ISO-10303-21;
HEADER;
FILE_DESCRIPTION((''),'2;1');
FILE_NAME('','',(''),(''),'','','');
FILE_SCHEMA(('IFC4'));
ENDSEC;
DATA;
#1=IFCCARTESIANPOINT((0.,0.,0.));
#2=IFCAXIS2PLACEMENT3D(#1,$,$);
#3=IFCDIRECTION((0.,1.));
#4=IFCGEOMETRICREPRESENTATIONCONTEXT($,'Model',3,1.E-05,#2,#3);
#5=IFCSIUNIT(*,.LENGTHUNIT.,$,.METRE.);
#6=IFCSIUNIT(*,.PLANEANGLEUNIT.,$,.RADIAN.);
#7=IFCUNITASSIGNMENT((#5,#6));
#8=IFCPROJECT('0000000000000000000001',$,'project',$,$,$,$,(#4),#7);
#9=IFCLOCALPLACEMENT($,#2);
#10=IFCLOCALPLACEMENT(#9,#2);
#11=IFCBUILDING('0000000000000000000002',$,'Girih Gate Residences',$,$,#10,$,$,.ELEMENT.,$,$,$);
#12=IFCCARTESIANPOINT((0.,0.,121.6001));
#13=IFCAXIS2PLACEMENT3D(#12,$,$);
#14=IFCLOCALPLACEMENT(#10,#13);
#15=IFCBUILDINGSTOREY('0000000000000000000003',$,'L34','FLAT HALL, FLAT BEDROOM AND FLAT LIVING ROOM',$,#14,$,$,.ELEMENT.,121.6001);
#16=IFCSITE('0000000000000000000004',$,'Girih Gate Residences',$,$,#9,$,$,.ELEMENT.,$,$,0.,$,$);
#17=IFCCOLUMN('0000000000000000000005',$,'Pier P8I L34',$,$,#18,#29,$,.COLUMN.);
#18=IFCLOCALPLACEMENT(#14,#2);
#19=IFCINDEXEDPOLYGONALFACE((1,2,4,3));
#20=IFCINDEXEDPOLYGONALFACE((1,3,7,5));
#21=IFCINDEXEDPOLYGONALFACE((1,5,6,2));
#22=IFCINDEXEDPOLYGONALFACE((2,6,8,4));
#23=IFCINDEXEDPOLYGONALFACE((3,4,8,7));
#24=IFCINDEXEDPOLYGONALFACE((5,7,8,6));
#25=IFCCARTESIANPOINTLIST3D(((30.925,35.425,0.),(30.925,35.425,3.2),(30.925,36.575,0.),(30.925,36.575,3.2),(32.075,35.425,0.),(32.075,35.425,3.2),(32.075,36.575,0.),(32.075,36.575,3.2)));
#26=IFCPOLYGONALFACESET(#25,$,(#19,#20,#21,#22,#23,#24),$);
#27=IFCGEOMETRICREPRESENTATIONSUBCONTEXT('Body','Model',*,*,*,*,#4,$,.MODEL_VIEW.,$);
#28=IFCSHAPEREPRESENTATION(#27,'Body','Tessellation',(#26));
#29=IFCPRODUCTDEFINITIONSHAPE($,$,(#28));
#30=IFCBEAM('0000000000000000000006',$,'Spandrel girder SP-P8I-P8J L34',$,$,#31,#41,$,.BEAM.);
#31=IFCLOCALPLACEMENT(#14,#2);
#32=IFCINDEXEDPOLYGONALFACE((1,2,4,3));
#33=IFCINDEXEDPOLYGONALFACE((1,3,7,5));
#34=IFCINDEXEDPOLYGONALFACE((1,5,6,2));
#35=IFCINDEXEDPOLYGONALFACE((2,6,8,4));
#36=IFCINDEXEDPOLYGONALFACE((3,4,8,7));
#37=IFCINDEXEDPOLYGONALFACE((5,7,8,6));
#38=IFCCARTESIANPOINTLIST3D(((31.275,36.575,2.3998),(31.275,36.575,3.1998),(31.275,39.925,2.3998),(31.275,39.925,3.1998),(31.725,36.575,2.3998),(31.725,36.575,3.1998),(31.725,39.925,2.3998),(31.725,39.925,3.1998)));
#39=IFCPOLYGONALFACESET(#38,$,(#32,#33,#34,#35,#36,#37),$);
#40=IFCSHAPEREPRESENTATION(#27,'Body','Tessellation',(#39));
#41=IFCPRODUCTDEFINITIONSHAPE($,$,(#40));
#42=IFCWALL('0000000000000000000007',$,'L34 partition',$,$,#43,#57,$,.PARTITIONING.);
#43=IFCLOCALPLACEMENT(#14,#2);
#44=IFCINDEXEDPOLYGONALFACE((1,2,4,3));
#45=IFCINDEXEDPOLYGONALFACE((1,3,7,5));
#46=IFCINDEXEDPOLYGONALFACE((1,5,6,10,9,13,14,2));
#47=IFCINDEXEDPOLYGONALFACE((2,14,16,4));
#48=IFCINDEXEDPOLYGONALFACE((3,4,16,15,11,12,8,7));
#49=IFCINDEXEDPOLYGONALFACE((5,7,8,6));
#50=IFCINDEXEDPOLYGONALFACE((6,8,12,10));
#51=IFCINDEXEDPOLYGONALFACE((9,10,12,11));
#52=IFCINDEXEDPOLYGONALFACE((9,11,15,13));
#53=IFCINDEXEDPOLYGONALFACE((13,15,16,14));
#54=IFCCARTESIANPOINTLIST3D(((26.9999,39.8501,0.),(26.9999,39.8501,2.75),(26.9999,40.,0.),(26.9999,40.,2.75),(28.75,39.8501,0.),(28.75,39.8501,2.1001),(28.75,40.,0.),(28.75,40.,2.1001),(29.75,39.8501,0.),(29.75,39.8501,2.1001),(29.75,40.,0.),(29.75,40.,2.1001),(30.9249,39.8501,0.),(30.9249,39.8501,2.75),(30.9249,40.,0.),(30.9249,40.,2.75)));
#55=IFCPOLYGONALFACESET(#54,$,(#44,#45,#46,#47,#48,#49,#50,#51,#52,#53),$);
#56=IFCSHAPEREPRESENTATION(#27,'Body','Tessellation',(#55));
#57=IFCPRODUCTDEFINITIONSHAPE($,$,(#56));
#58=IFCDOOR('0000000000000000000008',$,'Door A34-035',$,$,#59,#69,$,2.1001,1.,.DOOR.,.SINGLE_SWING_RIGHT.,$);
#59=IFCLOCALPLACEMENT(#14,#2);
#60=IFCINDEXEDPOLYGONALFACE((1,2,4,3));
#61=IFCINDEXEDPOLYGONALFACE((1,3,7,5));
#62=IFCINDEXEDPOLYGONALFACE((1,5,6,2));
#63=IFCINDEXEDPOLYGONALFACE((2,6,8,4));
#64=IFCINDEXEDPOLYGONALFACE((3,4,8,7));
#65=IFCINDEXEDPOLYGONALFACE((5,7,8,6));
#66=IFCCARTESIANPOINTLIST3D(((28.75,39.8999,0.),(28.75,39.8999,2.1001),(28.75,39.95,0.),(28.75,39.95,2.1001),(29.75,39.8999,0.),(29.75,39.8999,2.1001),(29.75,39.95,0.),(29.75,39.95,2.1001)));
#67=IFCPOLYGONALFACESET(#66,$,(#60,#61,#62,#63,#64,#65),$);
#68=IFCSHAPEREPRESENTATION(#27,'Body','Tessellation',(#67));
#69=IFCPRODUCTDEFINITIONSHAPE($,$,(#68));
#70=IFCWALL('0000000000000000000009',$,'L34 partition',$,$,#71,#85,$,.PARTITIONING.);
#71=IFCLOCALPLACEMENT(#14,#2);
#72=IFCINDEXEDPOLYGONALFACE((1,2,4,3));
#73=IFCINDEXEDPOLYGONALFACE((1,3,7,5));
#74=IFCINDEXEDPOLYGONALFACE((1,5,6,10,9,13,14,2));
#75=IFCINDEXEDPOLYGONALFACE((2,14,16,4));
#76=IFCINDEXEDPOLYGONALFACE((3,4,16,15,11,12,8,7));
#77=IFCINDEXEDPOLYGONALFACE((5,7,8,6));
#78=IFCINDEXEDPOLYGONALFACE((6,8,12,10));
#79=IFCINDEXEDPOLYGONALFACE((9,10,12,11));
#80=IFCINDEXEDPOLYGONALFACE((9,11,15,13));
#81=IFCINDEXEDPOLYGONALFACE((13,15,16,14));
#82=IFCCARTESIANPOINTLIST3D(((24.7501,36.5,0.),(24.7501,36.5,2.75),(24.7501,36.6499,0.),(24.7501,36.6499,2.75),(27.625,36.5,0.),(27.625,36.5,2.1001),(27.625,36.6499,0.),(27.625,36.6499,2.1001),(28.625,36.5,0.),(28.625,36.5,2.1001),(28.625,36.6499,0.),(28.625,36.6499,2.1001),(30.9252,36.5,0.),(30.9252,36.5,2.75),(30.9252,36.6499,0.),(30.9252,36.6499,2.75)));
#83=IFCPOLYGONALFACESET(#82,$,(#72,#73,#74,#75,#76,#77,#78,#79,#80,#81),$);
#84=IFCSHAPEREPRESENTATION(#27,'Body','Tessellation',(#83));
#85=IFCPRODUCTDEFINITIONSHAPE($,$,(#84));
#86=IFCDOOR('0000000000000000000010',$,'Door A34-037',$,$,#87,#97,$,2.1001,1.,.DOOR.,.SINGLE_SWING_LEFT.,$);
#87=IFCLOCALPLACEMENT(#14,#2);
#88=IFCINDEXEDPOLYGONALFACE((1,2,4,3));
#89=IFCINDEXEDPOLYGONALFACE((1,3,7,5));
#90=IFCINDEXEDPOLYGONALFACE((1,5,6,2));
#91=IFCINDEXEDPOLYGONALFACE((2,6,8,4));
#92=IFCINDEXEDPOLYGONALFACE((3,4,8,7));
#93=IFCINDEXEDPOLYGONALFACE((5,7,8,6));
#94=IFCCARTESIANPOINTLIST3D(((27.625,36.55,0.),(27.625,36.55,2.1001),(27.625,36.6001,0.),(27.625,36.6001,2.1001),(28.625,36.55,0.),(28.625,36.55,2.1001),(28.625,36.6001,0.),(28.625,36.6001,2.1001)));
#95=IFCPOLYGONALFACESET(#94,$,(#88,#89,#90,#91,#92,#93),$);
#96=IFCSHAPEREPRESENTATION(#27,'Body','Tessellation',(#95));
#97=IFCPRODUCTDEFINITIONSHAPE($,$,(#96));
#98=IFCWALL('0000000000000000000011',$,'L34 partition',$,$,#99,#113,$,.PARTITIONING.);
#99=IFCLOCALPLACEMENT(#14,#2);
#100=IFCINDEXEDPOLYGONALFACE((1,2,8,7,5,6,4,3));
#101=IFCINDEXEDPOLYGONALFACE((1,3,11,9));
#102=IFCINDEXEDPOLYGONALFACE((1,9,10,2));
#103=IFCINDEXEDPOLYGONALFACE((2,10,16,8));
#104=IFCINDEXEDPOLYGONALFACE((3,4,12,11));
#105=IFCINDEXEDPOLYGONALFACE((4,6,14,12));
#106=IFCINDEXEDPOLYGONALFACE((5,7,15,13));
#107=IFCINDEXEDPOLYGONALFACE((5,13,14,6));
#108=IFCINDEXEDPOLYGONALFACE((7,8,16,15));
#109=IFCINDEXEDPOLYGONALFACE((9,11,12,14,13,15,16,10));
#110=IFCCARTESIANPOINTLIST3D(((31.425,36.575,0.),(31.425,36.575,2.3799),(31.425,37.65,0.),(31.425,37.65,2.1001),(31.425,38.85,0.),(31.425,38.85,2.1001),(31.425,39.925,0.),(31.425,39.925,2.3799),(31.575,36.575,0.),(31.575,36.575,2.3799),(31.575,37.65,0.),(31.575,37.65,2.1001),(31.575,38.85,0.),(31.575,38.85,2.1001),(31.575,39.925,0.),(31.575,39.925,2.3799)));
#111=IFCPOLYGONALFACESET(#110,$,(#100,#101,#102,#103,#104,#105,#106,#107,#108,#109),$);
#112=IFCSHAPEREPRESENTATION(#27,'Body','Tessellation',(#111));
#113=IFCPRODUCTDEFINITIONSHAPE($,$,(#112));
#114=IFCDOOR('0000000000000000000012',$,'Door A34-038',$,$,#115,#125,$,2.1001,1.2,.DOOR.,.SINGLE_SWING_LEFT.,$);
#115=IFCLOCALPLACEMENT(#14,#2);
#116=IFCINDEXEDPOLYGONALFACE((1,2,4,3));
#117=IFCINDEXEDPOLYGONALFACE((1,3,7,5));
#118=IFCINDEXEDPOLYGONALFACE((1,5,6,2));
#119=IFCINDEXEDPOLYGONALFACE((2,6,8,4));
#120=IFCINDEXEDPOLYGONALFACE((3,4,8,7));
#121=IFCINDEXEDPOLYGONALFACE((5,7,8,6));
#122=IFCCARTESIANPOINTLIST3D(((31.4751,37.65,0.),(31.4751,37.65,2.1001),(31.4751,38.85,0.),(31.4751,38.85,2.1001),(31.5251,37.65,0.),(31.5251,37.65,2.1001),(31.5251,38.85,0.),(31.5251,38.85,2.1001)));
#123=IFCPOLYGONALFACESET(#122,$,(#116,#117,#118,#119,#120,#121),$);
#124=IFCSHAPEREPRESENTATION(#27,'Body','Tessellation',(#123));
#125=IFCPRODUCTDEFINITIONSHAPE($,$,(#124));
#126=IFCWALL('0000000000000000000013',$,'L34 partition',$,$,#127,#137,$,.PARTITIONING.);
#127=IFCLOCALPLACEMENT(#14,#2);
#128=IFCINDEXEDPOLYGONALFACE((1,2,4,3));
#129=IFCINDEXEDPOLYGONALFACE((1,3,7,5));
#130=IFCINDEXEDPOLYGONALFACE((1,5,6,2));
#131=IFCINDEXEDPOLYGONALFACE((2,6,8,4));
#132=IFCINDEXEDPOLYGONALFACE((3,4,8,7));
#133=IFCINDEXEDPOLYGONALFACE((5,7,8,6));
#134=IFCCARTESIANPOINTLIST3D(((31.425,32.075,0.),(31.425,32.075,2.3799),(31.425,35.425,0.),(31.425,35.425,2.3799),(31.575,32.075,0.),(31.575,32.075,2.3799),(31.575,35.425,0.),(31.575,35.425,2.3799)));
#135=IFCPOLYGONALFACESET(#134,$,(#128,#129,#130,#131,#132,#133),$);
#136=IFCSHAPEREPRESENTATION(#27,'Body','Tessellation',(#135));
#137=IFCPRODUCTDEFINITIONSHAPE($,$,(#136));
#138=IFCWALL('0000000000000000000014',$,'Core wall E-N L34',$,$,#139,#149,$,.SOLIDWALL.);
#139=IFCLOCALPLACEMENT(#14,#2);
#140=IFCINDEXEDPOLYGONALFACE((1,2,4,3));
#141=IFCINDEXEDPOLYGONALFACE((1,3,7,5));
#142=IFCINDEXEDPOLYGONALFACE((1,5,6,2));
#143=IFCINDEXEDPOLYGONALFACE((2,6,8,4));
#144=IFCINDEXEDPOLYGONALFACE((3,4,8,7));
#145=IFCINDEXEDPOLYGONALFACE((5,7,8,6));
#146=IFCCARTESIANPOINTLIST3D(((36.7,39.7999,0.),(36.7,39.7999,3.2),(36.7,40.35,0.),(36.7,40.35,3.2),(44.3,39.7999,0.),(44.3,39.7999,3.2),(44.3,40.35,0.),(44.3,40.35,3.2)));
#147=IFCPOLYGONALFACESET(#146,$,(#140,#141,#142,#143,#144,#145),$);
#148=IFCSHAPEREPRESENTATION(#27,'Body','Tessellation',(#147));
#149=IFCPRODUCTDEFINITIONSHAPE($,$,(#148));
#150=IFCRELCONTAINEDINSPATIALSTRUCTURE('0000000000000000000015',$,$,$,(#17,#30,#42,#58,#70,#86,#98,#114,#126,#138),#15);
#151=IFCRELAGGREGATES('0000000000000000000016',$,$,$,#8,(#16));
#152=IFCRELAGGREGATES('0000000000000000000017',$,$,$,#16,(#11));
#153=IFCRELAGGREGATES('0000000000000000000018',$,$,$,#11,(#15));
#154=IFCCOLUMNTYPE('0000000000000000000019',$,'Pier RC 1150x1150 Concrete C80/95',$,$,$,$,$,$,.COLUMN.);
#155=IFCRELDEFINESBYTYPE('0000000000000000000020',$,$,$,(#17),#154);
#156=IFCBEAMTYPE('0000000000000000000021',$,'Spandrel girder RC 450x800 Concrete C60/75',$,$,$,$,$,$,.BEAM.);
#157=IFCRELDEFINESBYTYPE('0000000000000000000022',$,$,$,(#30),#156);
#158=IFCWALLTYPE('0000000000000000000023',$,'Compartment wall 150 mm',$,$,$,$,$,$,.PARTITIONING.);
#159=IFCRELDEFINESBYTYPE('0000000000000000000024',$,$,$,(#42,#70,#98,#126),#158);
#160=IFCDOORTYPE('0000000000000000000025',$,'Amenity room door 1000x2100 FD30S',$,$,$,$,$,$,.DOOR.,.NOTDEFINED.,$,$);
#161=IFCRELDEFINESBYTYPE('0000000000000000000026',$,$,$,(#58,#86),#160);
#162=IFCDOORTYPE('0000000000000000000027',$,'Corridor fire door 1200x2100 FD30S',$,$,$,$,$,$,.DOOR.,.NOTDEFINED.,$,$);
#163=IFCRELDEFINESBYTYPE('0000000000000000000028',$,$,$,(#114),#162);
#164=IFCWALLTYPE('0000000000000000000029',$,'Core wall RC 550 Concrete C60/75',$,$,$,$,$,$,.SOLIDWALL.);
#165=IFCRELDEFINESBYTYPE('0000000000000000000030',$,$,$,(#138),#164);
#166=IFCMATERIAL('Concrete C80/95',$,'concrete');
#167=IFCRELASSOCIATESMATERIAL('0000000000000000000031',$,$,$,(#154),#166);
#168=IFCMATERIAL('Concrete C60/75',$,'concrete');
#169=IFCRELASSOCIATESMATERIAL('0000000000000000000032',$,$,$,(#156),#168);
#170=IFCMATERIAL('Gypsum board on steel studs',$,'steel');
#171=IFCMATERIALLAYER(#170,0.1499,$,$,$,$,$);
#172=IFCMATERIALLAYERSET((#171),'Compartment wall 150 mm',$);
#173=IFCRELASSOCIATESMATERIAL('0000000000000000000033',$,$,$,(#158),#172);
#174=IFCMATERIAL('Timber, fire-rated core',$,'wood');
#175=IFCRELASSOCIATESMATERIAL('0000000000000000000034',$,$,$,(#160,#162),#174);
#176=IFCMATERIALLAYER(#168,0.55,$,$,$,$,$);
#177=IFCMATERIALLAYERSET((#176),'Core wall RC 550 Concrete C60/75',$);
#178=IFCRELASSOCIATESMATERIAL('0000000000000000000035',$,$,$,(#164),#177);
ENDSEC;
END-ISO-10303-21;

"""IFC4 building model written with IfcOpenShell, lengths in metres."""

from ifc_helpers import new_model, si_unit, direction, frame, frame_2d, origin, origin_2d, place, context, subcontext, project, spatial, rectangle, extrude, material, layer, layer_set, material_profile, profile_set, type_object, element, fill, save


model = new_model("IFC4")

# Units and contexts
model_context = context("Model", 3, precision=1e-05, world=origin(), true_north=direction((0.0, 1.0)))
body_context = subcontext(model_context, "Body", "Model", "MODEL_VIEW")
ifc_project = project(units=[si_unit("LENGTHUNIT", "METRE"), si_unit("PLANEANGLEUNIT", "RADIAN")], contexts=[model_context])

# Site, building, storey
site_placement = place(None, origin())
site = spatial("IfcSite", under=ifc_project, at=site_placement, Name="Girih Gate Residences", CompositionType="ELEMENT", RefElevation=0.0)
building_placement = place(site_placement, origin())
building = spatial("IfcBuilding", under=site, at=building_placement, Name="Girih Gate Residences", CompositionType="ELEMENT")
storey_placement = place(building_placement, frame((0.0, 0.0, 121.6001)))
storey = spatial("IfcBuildingStorey", under=building, at=storey_placement, Name="L34", Description="FLAT HALL, FLAT BEDROOM AND FLAT LIVING ROOM", CompositionType="ELEMENT", Elevation=121.6001)

# Column
ifc_material_1 = material(Name="Concrete C80/95", Category="concrete")
ifc_material_profile_1 = material_profile(ifc_material_1, rectangle(XDim=1.1499, YDim=1.1499, at=origin_2d()))
ifc_profile_set_1 = profile_set([ifc_material_profile_1], Name="Concrete C80/95")
column_type = type_object("IfcColumnType", Name="Pier RC 1150x1150 Concrete C80/95", PredefinedType="COLUMN", material=ifc_profile_set_1)
column_placement = place(storey_placement, frame((31.5, 36.0, 0.0), z_axis=(0.0, 0.0, 1.0), x_axis=(1.0, 0.0, 0.0)))
element("IfcColumn", 1, at=column_placement, inside=storey, type_object=column_type, Name="Pier P8I L34", PredefinedType="COLUMN", context=body_context, shape_type="SweptSolid", body=[
    extrude(rectangle(XDim=1.1499, YDim=1.1499, at=origin_2d()), origin(), (0.0, 0.0, 1.0), 3.2),
])

# Beam
ifc_material_2 = material(Name="Concrete C60/75", Category="concrete")
ifc_material_profile_2 = material_profile(ifc_material_2, rectangle(XDim=0.45, YDim=0.8, at=origin_2d()))
ifc_profile_set_2 = profile_set([ifc_material_profile_2], Name="Concrete C60/75")
beam_type = type_object("IfcBeamType", Name="Spandrel girder RC 450x800 Concrete C60/75", PredefinedType="BEAM", material=ifc_profile_set_2)
beam_placement = place(storey_placement, frame((31.5, 36.575, 2.7998), z_axis=(0.0, 1.0, 0.0), x_axis=(-1.0, 0.0, 0.0)))
element("IfcBeam", 2, at=beam_placement, inside=storey, type_object=beam_type, Name="Spandrel girder SP-P8I-P8J L34", PredefinedType="BEAM", context=body_context, shape_type="SweptSolid", body=[
    extrude(rectangle(XDim=0.45, YDim=0.8, at=origin_2d()), origin(), (0.0, 0.0, 1.0), 3.3501),
])

# Walls, openings, doors
ifc_material_3 = material(Name="Gypsum board on steel studs", Category="steel")
ifc_layer_1 = layer(ifc_material_3, 0.1499)
ifc_layer_set_1 = layer_set([ifc_layer_1], Name="Compartment wall 150 mm")
wall_type_1 = type_object("IfcWallType", Name="Compartment wall 150 mm", PredefinedType="PARTITIONING", material=ifc_layer_set_1)
wall_1_placement = place(storey_placement, frame((27.0, 39.925, 0.0), z_axis=(0.0, 0.0, 1.0), x_axis=(1.0, 0.0, 0.0)))
wall_1 = element("IfcWall", 3, at=wall_1_placement, inside=storey, type_object=wall_type_1, Name="L34 partition", PredefinedType="PARTITIONING", context=body_context, shape_type="SweptSolid", body=[
    extrude(rectangle(XDim=3.925, YDim=0.1499, at=frame_2d((1.9624, 0.0))), origin(), (0.0, 0.0, 1.0), 2.75),
])
opening_1_placement = place(wall_1_placement, frame((1.75, 0.0, 0.0)))
opening_1 = element("IfcOpeningElement", 4, at=opening_1_placement, cuts=wall_1, PredefinedType="OPENING", context=body_context, shape_type="SweptSolid", body=[
    extrude(rectangle(XDim=1.0, YDim=2.1001, at=frame_2d((0.5, 1.05))), frame((0.0, 0.085, 0.0), z_axis=(0.0, -1.0, 0.0), x_axis=(1.0, 0.0, 0.0)), (0.0, 0.0, 1.0), 0.1699),
])
ifc_material_4 = material(Name="Timber, fire-rated core", Category="wood")
door_type_1 = type_object("IfcDoorType", Name="Amenity room door 1000x2100 FD30S", OperationType="NOTDEFINED", PredefinedType="DOOR", material=ifc_material_4)
door_1_placement = place(opening_1_placement, origin())
door_1 = element("IfcDoor", 5, at=door_1_placement, inside=storey, type_object=door_type_1, Name="Door A34-035", OperationType="SINGLE_SWING_RIGHT", OverallHeight=2.1001, OverallWidth=1.0, PredefinedType="DOOR", context=body_context, shape_type="SweptSolid", body=[
    extrude(rectangle(XDim=1.0, YDim=2.1001, at=frame_2d((0.5, 1.05))), frame((0.0, 0.0249, 0.0), z_axis=(0.0, -1.0, 0.0), x_axis=(1.0, 0.0, 0.0)), (0.0, 0.0, 1.0), 0.05),
])
fill(opening_1, door_1)
wall_2_placement = place(storey_placement, frame((30.925, 36.575, 0.0), z_axis=(0.0, 0.0, 1.0), x_axis=(-1.0, 0.0, 0.0)))
wall_2 = element("IfcWall", 6, at=wall_2_placement, inside=storey, type_object=wall_type_1, Name="L34 partition", PredefinedType="PARTITIONING", context=body_context, shape_type="SweptSolid", body=[
    extrude(rectangle(XDim=6.175, YDim=0.1499, at=frame_2d((3.0874, 0.0))), origin(), (0.0, 0.0, 1.0), 2.75),
])
opening_2_placement = place(wall_2_placement, frame((2.3, 0.0, 0.0)))
opening_2 = element("IfcOpeningElement", 7, at=opening_2_placement, cuts=wall_2, PredefinedType="OPENING", context=body_context, shape_type="SweptSolid", body=[
    extrude(rectangle(XDim=1.0, YDim=2.1001, at=frame_2d((0.5, 1.05))), frame((0.0, 0.085, 0.0), z_axis=(0.0, -1.0, 0.0), x_axis=(1.0, 0.0, 0.0)), (0.0, 0.0, 1.0), 0.1699),
])
door_2_placement = place(opening_2_placement, origin())
door_2 = element("IfcDoor", 8, at=door_2_placement, inside=storey, type_object=door_type_1, Name="Door A34-037", OperationType="SINGLE_SWING_LEFT", OverallHeight=2.1001, OverallWidth=1.0, PredefinedType="DOOR", context=body_context, shape_type="SweptSolid", body=[
    extrude(rectangle(XDim=1.0, YDim=2.1001, at=frame_2d((0.5, 1.05))), frame((0.0, 0.0249, 0.0), z_axis=(0.0, -1.0, 0.0), x_axis=(1.0, 0.0, 0.0)), (0.0, 0.0, 1.0), 0.05),
])
fill(opening_2, door_2)
wall_3_placement = place(storey_placement, frame((31.5, 36.575, 0.0), z_axis=(0.0, 0.0, 1.0), x_axis=(0.0, 1.0, 0.0)))
wall_3 = element("IfcWall", 9, at=wall_3_placement, inside=storey, type_object=wall_type_1, Name="L34 partition", PredefinedType="PARTITIONING", context=body_context, shape_type="SweptSolid", body=[
    extrude(rectangle(XDim=3.3501, YDim=0.1499, at=frame_2d((1.675, 0.0))), origin(), (0.0, 0.0, 1.0), 2.3799),
])
opening_3_placement = place(wall_3_placement, frame((1.075, 0.0, 0.0)))
opening_3 = element("IfcOpeningElement", 10, at=opening_3_placement, cuts=wall_3, PredefinedType="OPENING", context=body_context, shape_type="SweptSolid", body=[
    extrude(rectangle(XDim=1.2, YDim=2.1001, at=frame_2d((0.6001, 1.05))), frame((0.0, 0.085, 0.0), z_axis=(0.0, -1.0, 0.0), x_axis=(1.0, 0.0, 0.0)), (0.0, 0.0, 1.0), 0.1699),
])
door_type_2 = type_object("IfcDoorType", Name="Corridor fire door 1200x2100 FD30S", OperationType="NOTDEFINED", PredefinedType="DOOR", material=ifc_material_4)
door_3_placement = place(opening_3_placement, origin())
door_3 = element("IfcDoor", 11, at=door_3_placement, inside=storey, type_object=door_type_2, Name="Door A34-038", OperationType="SINGLE_SWING_LEFT", OverallHeight=2.1001, OverallWidth=1.2, PredefinedType="DOOR", context=body_context, shape_type="SweptSolid", body=[
    extrude(rectangle(XDim=1.2, YDim=2.1001, at=frame_2d((0.6001, 1.05))), frame((0.0, 0.0249, 0.0), z_axis=(0.0, -1.0, 0.0), x_axis=(1.0, 0.0, 0.0)), (0.0, 0.0, 1.0), 0.05),
])
fill(opening_3, door_3)

# Walls
wall_4_placement = place(storey_placement, frame((31.5, 32.075, 0.0), z_axis=(0.0, 0.0, 1.0), x_axis=(0.0, 1.0, 0.0)))
element("IfcWall", 12, at=wall_4_placement, inside=storey, type_object=wall_type_1, Name="L34 partition", PredefinedType="PARTITIONING", context=body_context, shape_type="SweptSolid", body=[
    extrude(rectangle(XDim=3.3501, YDim=0.1499, at=frame_2d((1.675, 0.0))), origin(), (0.0, 0.0, 1.0), 2.3799),
])
ifc_layer_2 = layer(ifc_material_2, 0.55)
ifc_layer_set_2 = layer_set([ifc_layer_2], Name="Core wall RC 550 Concrete C60/75")
wall_type_2 = type_object("IfcWallType", Name="Core wall RC 550 Concrete C60/75", PredefinedType="SOLIDWALL", material=ifc_layer_set_2)
wall_5_placement = place(storey_placement, frame((36.7, 40.075, 0.0), z_axis=(0.0, 0.0, 1.0), x_axis=(1.0, 0.0, 0.0)))
element("IfcWall", 13, at=wall_5_placement, inside=storey, type_object=wall_type_2, Name="Core wall E-N L34", PredefinedType="SOLIDWALL", context=body_context, shape_type="SweptSolid", body=[
    extrude(rectangle(XDim=7.6001, YDim=0.55, at=frame_2d((3.8, 0.0))), origin(), (0.0, 0.0, 1.0), 3.2),
])

save(model, "model.ifc")
